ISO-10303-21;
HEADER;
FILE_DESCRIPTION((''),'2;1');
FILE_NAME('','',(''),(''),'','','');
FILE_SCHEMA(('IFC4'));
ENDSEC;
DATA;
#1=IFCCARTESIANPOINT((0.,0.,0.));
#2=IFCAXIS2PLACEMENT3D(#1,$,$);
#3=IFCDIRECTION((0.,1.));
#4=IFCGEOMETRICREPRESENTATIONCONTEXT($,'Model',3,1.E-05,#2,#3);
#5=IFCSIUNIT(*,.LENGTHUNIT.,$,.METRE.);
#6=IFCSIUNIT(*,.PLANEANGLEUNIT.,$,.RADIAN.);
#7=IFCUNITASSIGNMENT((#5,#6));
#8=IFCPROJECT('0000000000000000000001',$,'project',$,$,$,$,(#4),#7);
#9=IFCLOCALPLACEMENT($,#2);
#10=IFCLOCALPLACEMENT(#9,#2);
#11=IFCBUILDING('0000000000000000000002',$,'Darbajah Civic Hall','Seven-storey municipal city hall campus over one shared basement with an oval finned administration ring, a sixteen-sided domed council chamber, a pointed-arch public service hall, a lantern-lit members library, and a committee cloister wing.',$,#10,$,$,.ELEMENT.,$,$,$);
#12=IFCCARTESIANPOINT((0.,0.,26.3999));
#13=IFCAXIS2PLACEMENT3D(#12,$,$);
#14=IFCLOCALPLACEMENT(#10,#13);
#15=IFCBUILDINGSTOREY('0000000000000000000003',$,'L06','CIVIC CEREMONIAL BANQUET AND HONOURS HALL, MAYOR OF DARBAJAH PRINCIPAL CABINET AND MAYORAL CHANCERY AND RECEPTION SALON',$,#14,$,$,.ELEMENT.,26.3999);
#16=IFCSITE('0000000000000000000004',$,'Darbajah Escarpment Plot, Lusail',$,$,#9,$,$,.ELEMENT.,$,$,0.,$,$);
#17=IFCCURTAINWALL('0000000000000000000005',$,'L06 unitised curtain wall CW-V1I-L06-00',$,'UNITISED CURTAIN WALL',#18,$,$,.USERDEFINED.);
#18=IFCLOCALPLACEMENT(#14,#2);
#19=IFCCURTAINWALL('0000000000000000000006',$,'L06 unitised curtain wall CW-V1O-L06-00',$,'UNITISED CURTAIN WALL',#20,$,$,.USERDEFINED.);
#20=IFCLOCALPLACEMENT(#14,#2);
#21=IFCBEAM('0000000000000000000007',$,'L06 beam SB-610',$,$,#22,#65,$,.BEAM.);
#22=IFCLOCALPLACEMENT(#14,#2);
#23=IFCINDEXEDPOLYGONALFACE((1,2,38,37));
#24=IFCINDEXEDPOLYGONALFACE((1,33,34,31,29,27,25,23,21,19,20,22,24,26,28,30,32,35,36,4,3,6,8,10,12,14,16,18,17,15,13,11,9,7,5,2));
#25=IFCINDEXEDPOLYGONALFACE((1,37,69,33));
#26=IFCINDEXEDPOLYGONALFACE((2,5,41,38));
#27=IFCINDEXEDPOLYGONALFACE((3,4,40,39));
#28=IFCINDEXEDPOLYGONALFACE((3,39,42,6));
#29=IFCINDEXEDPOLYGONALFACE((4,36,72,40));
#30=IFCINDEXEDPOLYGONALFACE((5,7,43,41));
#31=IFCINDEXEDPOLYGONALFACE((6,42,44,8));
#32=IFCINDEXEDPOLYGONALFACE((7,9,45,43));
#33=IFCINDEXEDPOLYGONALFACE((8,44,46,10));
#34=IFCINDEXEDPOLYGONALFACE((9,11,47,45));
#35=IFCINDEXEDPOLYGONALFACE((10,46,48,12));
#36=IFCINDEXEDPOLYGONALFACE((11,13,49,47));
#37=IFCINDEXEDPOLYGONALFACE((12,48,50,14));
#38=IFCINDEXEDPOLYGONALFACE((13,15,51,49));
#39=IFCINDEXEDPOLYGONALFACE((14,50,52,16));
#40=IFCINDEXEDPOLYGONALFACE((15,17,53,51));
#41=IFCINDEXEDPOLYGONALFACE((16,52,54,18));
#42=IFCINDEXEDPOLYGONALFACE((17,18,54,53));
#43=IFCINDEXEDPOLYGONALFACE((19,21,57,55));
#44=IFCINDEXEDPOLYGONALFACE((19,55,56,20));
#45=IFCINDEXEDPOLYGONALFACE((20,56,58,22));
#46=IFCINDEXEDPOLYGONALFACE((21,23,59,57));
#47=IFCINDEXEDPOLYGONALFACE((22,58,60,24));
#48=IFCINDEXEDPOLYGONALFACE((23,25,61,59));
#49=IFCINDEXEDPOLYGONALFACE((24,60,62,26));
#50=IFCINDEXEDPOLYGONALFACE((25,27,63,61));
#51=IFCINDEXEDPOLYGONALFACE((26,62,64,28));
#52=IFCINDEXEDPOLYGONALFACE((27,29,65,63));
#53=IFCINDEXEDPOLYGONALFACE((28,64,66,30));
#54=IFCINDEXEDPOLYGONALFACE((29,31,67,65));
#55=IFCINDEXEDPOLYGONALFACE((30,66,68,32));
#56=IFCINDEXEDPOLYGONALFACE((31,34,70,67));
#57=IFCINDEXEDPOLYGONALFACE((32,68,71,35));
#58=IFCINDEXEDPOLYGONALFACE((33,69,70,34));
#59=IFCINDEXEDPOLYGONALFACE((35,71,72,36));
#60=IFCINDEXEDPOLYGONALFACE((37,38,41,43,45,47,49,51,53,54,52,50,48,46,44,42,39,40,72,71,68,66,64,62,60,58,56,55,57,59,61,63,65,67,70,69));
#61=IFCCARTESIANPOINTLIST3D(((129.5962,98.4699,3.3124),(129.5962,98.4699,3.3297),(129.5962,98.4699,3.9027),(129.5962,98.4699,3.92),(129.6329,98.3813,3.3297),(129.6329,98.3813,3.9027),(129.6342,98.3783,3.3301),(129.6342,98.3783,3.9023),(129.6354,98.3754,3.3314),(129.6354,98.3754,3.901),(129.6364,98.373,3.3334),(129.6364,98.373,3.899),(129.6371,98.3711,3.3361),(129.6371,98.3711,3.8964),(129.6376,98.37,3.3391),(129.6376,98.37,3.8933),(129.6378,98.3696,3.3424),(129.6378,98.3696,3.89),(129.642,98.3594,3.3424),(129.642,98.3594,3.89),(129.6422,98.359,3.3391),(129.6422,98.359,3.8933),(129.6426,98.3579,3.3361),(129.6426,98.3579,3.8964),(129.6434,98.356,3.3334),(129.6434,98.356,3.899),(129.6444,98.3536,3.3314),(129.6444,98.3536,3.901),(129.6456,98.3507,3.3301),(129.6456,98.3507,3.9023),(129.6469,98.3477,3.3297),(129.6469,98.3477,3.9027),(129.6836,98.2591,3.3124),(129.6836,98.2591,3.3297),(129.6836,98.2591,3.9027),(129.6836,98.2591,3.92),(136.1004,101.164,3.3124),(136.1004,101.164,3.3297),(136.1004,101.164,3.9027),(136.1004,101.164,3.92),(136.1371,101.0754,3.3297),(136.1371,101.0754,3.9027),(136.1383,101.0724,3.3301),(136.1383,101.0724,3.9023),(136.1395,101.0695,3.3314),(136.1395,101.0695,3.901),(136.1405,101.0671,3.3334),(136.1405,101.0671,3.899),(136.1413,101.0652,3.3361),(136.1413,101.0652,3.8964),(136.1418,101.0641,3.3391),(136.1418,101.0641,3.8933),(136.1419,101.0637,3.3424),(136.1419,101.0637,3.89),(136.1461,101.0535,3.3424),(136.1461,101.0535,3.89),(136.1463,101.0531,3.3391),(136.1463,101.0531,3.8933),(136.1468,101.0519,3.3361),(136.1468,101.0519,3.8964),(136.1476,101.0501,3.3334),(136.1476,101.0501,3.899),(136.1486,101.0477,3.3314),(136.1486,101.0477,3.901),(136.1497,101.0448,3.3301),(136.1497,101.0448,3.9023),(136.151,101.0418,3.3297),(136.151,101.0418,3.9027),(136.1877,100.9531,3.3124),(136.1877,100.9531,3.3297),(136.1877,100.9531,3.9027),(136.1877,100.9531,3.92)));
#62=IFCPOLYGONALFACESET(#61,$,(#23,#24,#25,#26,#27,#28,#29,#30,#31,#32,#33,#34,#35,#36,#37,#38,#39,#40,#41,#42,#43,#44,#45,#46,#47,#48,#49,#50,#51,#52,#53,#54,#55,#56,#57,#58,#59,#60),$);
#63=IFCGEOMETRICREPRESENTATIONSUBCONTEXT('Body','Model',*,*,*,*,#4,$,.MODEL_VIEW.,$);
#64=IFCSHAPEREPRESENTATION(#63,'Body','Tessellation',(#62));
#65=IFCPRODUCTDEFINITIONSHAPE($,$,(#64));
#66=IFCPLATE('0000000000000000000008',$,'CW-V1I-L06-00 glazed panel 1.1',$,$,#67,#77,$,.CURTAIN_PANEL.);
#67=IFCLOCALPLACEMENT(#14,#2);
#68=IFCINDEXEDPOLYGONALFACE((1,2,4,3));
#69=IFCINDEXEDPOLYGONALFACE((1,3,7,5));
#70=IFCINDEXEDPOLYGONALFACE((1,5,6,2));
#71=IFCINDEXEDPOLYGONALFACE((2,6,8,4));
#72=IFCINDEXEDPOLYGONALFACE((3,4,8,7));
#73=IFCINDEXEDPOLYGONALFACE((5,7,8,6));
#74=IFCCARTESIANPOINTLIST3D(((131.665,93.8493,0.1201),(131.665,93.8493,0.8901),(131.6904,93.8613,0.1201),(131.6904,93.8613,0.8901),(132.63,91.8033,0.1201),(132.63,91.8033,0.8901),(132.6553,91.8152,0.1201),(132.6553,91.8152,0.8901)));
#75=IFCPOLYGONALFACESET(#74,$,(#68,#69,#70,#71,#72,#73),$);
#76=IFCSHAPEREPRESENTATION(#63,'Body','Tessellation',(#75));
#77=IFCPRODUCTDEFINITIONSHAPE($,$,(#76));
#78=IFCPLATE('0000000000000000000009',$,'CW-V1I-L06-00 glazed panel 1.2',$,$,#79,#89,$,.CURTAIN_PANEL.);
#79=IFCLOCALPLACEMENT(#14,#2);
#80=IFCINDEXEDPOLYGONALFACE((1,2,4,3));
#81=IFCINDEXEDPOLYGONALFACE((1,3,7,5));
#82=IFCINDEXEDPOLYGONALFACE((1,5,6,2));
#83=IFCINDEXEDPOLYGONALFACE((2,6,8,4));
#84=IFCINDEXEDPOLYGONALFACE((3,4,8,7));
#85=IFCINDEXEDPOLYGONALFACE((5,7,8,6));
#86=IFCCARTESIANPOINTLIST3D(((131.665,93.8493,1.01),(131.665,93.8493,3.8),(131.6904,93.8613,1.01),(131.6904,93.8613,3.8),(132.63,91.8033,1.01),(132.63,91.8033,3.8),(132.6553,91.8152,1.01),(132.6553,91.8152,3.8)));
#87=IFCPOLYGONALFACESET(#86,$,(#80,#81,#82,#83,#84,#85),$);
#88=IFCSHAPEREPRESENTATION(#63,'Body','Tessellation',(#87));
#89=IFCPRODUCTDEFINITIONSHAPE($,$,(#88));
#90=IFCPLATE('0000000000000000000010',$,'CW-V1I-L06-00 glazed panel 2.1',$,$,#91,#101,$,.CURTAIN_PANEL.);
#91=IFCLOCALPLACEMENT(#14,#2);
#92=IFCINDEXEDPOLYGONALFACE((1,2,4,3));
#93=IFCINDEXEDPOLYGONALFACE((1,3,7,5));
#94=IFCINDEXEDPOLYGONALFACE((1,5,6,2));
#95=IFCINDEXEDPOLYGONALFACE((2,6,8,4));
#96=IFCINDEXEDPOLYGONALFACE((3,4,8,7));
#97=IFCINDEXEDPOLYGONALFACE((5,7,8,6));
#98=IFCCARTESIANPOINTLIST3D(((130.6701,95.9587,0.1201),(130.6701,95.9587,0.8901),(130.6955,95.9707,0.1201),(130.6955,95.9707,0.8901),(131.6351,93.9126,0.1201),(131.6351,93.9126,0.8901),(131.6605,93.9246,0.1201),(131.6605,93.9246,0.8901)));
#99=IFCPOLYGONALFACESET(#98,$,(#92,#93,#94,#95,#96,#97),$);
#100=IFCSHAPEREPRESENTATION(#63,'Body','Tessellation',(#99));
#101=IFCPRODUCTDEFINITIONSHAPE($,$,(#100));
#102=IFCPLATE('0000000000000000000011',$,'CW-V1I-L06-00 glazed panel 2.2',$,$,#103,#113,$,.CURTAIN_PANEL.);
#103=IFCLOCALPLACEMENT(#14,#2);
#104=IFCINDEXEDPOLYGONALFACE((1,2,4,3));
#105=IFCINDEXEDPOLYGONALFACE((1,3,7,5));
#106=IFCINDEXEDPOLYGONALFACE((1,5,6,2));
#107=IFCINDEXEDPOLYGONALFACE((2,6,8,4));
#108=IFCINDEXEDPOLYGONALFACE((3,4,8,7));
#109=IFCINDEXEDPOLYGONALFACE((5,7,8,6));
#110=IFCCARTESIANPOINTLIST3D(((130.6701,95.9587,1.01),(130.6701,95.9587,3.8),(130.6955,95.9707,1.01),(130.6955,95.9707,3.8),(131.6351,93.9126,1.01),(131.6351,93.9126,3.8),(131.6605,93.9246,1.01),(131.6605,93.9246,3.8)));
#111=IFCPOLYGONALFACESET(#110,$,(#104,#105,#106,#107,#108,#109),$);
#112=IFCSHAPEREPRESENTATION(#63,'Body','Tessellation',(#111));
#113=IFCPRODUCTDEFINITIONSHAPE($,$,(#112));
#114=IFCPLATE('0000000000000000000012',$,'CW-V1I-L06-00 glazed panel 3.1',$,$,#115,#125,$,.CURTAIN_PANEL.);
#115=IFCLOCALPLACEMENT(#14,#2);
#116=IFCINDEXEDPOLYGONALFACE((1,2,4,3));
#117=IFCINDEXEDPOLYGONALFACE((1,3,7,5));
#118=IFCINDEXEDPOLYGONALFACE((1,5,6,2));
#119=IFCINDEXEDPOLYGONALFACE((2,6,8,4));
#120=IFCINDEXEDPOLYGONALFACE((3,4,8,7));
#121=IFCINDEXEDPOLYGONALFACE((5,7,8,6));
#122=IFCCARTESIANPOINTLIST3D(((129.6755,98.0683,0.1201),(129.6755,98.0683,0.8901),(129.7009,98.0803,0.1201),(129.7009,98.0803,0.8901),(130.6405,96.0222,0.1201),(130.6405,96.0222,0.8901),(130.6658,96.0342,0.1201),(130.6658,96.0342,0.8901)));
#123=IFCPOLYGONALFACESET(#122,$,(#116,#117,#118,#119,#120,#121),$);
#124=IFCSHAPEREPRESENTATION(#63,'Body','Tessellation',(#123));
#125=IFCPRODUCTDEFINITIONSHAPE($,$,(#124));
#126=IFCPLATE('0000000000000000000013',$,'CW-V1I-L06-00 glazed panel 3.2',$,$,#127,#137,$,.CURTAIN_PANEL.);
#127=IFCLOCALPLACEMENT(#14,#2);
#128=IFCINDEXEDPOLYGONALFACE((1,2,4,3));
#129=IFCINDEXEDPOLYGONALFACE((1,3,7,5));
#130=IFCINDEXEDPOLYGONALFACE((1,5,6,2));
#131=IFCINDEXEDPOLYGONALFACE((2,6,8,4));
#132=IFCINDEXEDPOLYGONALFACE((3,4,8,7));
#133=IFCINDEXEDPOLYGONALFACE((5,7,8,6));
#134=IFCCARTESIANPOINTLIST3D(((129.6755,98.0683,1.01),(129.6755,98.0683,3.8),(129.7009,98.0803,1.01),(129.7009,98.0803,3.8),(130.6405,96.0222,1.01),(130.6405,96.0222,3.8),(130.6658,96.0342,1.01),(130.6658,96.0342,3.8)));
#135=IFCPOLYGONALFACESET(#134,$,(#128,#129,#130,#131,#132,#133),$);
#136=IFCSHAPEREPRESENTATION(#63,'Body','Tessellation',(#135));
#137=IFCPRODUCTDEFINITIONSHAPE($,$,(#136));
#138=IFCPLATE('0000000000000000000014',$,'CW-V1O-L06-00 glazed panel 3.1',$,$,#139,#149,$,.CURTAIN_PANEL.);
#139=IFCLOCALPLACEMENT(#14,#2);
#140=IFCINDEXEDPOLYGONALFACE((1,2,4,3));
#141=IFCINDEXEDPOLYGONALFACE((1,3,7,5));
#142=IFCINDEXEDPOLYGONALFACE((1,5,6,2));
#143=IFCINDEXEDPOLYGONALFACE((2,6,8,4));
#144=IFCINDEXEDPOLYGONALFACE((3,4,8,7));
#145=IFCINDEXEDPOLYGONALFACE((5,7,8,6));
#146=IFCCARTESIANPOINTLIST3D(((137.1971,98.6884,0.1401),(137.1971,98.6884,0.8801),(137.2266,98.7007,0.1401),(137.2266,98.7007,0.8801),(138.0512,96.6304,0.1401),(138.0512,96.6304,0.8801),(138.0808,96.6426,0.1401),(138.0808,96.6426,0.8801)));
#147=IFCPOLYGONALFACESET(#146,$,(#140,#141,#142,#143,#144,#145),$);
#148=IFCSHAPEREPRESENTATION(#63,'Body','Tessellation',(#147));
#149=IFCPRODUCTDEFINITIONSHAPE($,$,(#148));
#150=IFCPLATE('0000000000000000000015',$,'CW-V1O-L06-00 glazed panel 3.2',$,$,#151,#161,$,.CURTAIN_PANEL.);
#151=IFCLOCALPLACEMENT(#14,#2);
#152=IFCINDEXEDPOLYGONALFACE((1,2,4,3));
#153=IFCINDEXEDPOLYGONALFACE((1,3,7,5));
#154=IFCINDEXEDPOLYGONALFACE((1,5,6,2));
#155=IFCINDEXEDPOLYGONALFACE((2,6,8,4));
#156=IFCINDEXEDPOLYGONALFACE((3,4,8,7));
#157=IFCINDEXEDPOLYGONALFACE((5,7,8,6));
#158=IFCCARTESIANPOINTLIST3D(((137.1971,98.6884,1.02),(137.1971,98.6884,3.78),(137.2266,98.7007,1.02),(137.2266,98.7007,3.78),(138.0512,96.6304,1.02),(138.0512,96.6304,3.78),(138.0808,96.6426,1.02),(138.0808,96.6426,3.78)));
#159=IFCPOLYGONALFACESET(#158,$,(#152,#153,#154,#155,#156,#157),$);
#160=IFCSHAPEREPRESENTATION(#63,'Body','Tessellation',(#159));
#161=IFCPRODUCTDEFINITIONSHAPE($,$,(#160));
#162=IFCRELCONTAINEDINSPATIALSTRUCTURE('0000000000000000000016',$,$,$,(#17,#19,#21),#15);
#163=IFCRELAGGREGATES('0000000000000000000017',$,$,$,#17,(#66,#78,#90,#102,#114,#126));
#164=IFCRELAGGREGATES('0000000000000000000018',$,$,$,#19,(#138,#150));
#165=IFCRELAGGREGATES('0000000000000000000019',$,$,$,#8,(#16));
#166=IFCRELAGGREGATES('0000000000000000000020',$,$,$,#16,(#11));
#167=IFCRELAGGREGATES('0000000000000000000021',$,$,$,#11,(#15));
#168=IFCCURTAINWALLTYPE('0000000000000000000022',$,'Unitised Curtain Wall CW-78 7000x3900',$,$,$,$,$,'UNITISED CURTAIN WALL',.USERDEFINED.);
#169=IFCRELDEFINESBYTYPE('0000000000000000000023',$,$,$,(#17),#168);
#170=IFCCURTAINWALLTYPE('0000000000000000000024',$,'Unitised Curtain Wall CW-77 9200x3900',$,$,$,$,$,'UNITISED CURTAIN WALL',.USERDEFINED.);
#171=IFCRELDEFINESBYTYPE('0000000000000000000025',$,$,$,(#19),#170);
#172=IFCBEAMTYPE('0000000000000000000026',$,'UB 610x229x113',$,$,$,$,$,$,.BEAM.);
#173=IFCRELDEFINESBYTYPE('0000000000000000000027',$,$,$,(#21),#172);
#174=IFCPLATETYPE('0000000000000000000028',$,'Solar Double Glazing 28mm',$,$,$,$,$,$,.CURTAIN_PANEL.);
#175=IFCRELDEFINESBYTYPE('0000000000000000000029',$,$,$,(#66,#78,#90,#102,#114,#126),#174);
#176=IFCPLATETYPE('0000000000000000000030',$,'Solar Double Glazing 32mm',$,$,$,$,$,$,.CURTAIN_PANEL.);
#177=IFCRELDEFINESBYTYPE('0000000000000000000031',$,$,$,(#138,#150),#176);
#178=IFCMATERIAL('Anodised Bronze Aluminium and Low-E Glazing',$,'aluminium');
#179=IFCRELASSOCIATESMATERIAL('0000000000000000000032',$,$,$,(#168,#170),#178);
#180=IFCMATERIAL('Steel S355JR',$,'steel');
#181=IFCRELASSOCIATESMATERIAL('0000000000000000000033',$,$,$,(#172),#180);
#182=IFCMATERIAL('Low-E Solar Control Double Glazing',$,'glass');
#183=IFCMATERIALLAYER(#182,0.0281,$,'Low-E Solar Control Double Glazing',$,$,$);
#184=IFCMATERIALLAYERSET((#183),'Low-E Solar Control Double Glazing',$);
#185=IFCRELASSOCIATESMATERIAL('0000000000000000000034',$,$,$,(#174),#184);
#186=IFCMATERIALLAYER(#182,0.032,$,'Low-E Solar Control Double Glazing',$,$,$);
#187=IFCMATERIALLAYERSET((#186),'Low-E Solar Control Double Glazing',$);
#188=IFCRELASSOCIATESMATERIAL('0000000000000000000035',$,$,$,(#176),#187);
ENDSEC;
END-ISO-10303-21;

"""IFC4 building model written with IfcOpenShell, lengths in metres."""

from ifc_helpers import new_model, si_unit, direction, frame, origin, origin_2d, place, context, subcontext, project, spatial, rectangle, i_section, extrude, material, layer, layer_set, material_profile, profile_set, type_object, element, aggregate, save


model = new_model("IFC4")

# Units and contexts
model_context = context("Model", 3, precision=1e-05, world=origin(), true_north=direction((0.0, 1.0)))
body_context = subcontext(model_context, "Body", "Model", "MODEL_VIEW")
ifc_project = project(units=[si_unit("LENGTHUNIT", "METRE"), si_unit("PLANEANGLEUNIT", "RADIAN")], contexts=[model_context])

# Site, building, storey
site_placement = place(None, origin())
site = spatial("IfcSite", under=ifc_project, at=site_placement, Name="Darbajah Escarpment Plot, Lusail", CompositionType="ELEMENT", RefElevation=0.0)
building_placement = place(site_placement, origin())
building = spatial("IfcBuilding", under=site, at=building_placement, Name="Darbajah Civic Hall", Description="Seven-storey municipal city hall campus over one shared basement with an oval finned administration ring, a sixteen-sided domed council chamber, a pointed-arch public service hall, a lantern-lit members library, and a committee cloister wing.", CompositionType="ELEMENT")
storey_placement = place(building_placement, frame((0.0, 0.0, 26.3999)))
storey = spatial("IfcBuildingStorey", under=building, at=storey_placement, Name="L06", Description="CIVIC CEREMONIAL BANQUET AND HONOURS HALL, MAYOR OF DARBAJAH PRINCIPAL CABINET AND MAYORAL CHANCERY AND RECEPTION SALON", CompositionType="ELEMENT", Elevation=26.3999)

# Curtain wall
ifc_material_1 = material(Name="Anodised Bronze Aluminium and Low-E Glazing", Category="aluminium")
curtain_wall_type_1 = type_object("IfcCurtainWallType", Name="Unitised Curtain Wall CW-78 7000x3900", ElementType="UNITISED CURTAIN WALL", PredefinedType="USERDEFINED", material=ifc_material_1)
curtain_wall_1_placement = place(storey_placement, origin())
curtain_wall_1 = element("IfcCurtainWall", 1, at=curtain_wall_1_placement, inside=storey, type_object=curtain_wall_type_1, Name="L06 unitised curtain wall CW-V1I-L06-00", ObjectType="UNITISED CURTAIN WALL", PredefinedType="USERDEFINED")

# Curtain wall
curtain_wall_type_2 = type_object("IfcCurtainWallType", Name="Unitised Curtain Wall CW-77 9200x3900", ElementType="UNITISED CURTAIN WALL", PredefinedType="USERDEFINED", material=ifc_material_1)
curtain_wall_2_placement = place(storey_placement, origin())
curtain_wall_2 = element("IfcCurtainWall", 2, at=curtain_wall_2_placement, inside=storey, type_object=curtain_wall_type_2, Name="L06 unitised curtain wall CW-V1O-L06-00", ObjectType="UNITISED CURTAIN WALL", PredefinedType="USERDEFINED")

# Beam
ifc_material_2 = material(Name="Steel S355JR", Category="steel")
ifc_material_profile_1 = material_profile(ifc_material_2, i_section(OverallWidth=0.2283, OverallDepth=0.6077, WebThickness=0.011, FlangeThickness=0.0173, FilletRadius=0.0127, at=origin_2d()), Name="UB 610x229x113")
ifc_profile_set_1 = profile_set([ifc_material_profile_1], Name="Steel S355JR")
beam_type_1 = type_object("IfcBeamType", Name="UB 610x229x113", PredefinedType="BEAM", material=ifc_profile_set_1)
for number, where, z_axis, x_axis, name in (
    (3, (129.6399, 98.3645, 3.6162), (0.92388, 0.382682, 0.0), (-0.382682, 0.92388, 0.0), "L06 beam SB-610"),
):
    element("IfcBeam", number, at=place(storey_placement, frame(where, z_axis=z_axis, x_axis=x_axis)), inside=storey, type_object=beam_type_1, Name=name, PredefinedType="BEAM", context=body_context, shape_type="SweptSolid", body=[
        extrude(i_section(OverallWidth=0.2283, OverallDepth=0.6077, WebThickness=0.011, FlangeThickness=0.0173, FilletRadius=0.0127, at=origin_2d()), origin(), (0.0, 0.0, 1.0), 7.04),
    ])

# Plates
ifc_material_3 = material(Name="Low-E Solar Control Double Glazing", Category="glass")
ifc_layer_1 = layer(ifc_material_3, 0.0281, Name="Low-E Solar Control Double Glazing")
ifc_layer_set_1 = layer_set([ifc_layer_1], Name="Low-E Solar Control Double Glazing")
plate_type_1 = type_object("IfcPlateType", Name="Solar Double Glazing 28mm", PredefinedType="CURTAIN_PANEL", material=ifc_layer_set_1)
plate_1_placement = place(storey_placement, frame((132.1602, 92.8323, 0.1201), z_axis=(0.0, 0.0, 1.0), x_axis=(-0.426569, 0.904455, 0.0)))
plate_1 = element("IfcPlate", 4, at=plate_1_placement, type_object=plate_type_1, Name="CW-V1I-L06-00 glazed panel 1.1", PredefinedType="CURTAIN_PANEL", context=body_context, shape_type="SweptSolid", body=[
    extrude(rectangle(XDim=2.2622, YDim=0.0281, at=origin_2d()), origin(), (0.0, 0.0, 1.0), 0.77),
])
plate_2_placement = place(storey_placement, frame((132.1602, 92.8323, 1.01), z_axis=(0.0, 0.0, 1.0), x_axis=(-0.426569, 0.904455, 0.0)))
plate_2 = element("IfcPlate", 5, at=plate_2_placement, type_object=plate_type_1, Name="CW-V1I-L06-00 glazed panel 1.2", PredefinedType="CURTAIN_PANEL", context=body_context, shape_type="SweptSolid", body=[
    extrude(rectangle(XDim=2.2622, YDim=0.0281, at=origin_2d()), origin(), (0.0, 0.0, 1.0), 2.79),
])
plate_3_placement = place(storey_placement, frame((131.1653, 94.9417, 0.1201), z_axis=(0.0, 0.0, 1.0), x_axis=(-0.426569, 0.904455, 0.0)))
plate_3 = element("IfcPlate", 6, at=plate_3_placement, type_object=plate_type_1, Name="CW-V1I-L06-00 glazed panel 2.1", PredefinedType="CURTAIN_PANEL", context=body_context, shape_type="SweptSolid", body=[
    extrude(rectangle(XDim=2.2622, YDim=0.0281, at=origin_2d()), origin(), (0.0, 0.0, 1.0), 0.77),
])
plate_4_placement = place(storey_placement, frame((131.1653, 94.9417, 1.01), z_axis=(0.0, 0.0, 1.0), x_axis=(-0.426569, 0.904455, 0.0)))
plate_4 = element("IfcPlate", 7, at=plate_4_placement, type_object=plate_type_1, Name="CW-V1I-L06-00 glazed panel 2.2", PredefinedType="CURTAIN_PANEL", context=body_context, shape_type="SweptSolid", body=[
    extrude(rectangle(XDim=2.2622, YDim=0.0281, at=origin_2d()), origin(), (0.0, 0.0, 1.0), 2.79),
])
plate_5_placement = place(storey_placement, frame((130.1707, 97.0513, 0.1201), z_axis=(0.0, 0.0, 1.0), x_axis=(-0.426569, 0.904455, 0.0)))
plate_5 = element("IfcPlate", 8, at=plate_5_placement, type_object=plate_type_1, Name="CW-V1I-L06-00 glazed panel 3.1", PredefinedType="CURTAIN_PANEL", context=body_context, shape_type="SweptSolid", body=[
    extrude(rectangle(XDim=2.2622, YDim=0.0281, at=origin_2d()), origin(), (0.0, 0.0, 1.0), 0.77),
])
plate_6_placement = place(storey_placement, frame((130.1707, 97.0513, 1.01), z_axis=(0.0, 0.0, 1.0), x_axis=(-0.426569, 0.904455, 0.0)))
plate_6 = element("IfcPlate", 9, at=plate_6_placement, type_object=plate_type_1, Name="CW-V1I-L06-00 glazed panel 3.2", PredefinedType="CURTAIN_PANEL", context=body_context, shape_type="SweptSolid", body=[
    extrude(rectangle(XDim=2.2622, YDim=0.0281, at=origin_2d()), origin(), (0.0, 0.0, 1.0), 2.79),
])
aggregate(curtain_wall_1, [plate_1, plate_2, plate_3, plate_4, plate_5, plate_6])
ifc_layer_2 = layer(ifc_material_3, 0.032, Name="Low-E Solar Control Double Glazing")
ifc_layer_set_2 = layer_set([ifc_layer_2], Name="Low-E Solar Control Double Glazing")
plate_type_2 = type_object("IfcPlateType", Name="Solar Double Glazing 32mm", PredefinedType="CURTAIN_PANEL", material=ifc_layer_set_2)
plate_7_placement = place(storey_placement, frame((137.6389, 97.6655, 0.1401), z_axis=(0.0, 0.0, 1.0), x_axis=(-0.383328, 0.923612, 0.0)))
plate_7 = element("IfcPlate", 10, at=plate_7_placement, type_object=plate_type_2, Name="CW-V1O-L06-00 glazed panel 3.1", PredefinedType="CURTAIN_PANEL", context=body_context, shape_type="SweptSolid", body=[
    extrude(rectangle(XDim=2.2283, YDim=0.032, at=origin_2d()), origin(), (0.0, 0.0, 1.0), 0.74),
])
plate_8_placement = place(storey_placement, frame((137.6389, 97.6655, 1.02), z_axis=(0.0, 0.0, 1.0), x_axis=(-0.383328, 0.923612, 0.0)))
plate_8 = element("IfcPlate", 11, at=plate_8_placement, type_object=plate_type_2, Name="CW-V1O-L06-00 glazed panel 3.2", PredefinedType="CURTAIN_PANEL", context=body_context, shape_type="SweptSolid", body=[
    extrude(rectangle(XDim=2.2283, YDim=0.032, at=origin_2d()), origin(), (0.0, 0.0, 1.0), 2.76),
])
aggregate(curtain_wall_2, [plate_7, plate_8])

save(model, "model.ifc")
